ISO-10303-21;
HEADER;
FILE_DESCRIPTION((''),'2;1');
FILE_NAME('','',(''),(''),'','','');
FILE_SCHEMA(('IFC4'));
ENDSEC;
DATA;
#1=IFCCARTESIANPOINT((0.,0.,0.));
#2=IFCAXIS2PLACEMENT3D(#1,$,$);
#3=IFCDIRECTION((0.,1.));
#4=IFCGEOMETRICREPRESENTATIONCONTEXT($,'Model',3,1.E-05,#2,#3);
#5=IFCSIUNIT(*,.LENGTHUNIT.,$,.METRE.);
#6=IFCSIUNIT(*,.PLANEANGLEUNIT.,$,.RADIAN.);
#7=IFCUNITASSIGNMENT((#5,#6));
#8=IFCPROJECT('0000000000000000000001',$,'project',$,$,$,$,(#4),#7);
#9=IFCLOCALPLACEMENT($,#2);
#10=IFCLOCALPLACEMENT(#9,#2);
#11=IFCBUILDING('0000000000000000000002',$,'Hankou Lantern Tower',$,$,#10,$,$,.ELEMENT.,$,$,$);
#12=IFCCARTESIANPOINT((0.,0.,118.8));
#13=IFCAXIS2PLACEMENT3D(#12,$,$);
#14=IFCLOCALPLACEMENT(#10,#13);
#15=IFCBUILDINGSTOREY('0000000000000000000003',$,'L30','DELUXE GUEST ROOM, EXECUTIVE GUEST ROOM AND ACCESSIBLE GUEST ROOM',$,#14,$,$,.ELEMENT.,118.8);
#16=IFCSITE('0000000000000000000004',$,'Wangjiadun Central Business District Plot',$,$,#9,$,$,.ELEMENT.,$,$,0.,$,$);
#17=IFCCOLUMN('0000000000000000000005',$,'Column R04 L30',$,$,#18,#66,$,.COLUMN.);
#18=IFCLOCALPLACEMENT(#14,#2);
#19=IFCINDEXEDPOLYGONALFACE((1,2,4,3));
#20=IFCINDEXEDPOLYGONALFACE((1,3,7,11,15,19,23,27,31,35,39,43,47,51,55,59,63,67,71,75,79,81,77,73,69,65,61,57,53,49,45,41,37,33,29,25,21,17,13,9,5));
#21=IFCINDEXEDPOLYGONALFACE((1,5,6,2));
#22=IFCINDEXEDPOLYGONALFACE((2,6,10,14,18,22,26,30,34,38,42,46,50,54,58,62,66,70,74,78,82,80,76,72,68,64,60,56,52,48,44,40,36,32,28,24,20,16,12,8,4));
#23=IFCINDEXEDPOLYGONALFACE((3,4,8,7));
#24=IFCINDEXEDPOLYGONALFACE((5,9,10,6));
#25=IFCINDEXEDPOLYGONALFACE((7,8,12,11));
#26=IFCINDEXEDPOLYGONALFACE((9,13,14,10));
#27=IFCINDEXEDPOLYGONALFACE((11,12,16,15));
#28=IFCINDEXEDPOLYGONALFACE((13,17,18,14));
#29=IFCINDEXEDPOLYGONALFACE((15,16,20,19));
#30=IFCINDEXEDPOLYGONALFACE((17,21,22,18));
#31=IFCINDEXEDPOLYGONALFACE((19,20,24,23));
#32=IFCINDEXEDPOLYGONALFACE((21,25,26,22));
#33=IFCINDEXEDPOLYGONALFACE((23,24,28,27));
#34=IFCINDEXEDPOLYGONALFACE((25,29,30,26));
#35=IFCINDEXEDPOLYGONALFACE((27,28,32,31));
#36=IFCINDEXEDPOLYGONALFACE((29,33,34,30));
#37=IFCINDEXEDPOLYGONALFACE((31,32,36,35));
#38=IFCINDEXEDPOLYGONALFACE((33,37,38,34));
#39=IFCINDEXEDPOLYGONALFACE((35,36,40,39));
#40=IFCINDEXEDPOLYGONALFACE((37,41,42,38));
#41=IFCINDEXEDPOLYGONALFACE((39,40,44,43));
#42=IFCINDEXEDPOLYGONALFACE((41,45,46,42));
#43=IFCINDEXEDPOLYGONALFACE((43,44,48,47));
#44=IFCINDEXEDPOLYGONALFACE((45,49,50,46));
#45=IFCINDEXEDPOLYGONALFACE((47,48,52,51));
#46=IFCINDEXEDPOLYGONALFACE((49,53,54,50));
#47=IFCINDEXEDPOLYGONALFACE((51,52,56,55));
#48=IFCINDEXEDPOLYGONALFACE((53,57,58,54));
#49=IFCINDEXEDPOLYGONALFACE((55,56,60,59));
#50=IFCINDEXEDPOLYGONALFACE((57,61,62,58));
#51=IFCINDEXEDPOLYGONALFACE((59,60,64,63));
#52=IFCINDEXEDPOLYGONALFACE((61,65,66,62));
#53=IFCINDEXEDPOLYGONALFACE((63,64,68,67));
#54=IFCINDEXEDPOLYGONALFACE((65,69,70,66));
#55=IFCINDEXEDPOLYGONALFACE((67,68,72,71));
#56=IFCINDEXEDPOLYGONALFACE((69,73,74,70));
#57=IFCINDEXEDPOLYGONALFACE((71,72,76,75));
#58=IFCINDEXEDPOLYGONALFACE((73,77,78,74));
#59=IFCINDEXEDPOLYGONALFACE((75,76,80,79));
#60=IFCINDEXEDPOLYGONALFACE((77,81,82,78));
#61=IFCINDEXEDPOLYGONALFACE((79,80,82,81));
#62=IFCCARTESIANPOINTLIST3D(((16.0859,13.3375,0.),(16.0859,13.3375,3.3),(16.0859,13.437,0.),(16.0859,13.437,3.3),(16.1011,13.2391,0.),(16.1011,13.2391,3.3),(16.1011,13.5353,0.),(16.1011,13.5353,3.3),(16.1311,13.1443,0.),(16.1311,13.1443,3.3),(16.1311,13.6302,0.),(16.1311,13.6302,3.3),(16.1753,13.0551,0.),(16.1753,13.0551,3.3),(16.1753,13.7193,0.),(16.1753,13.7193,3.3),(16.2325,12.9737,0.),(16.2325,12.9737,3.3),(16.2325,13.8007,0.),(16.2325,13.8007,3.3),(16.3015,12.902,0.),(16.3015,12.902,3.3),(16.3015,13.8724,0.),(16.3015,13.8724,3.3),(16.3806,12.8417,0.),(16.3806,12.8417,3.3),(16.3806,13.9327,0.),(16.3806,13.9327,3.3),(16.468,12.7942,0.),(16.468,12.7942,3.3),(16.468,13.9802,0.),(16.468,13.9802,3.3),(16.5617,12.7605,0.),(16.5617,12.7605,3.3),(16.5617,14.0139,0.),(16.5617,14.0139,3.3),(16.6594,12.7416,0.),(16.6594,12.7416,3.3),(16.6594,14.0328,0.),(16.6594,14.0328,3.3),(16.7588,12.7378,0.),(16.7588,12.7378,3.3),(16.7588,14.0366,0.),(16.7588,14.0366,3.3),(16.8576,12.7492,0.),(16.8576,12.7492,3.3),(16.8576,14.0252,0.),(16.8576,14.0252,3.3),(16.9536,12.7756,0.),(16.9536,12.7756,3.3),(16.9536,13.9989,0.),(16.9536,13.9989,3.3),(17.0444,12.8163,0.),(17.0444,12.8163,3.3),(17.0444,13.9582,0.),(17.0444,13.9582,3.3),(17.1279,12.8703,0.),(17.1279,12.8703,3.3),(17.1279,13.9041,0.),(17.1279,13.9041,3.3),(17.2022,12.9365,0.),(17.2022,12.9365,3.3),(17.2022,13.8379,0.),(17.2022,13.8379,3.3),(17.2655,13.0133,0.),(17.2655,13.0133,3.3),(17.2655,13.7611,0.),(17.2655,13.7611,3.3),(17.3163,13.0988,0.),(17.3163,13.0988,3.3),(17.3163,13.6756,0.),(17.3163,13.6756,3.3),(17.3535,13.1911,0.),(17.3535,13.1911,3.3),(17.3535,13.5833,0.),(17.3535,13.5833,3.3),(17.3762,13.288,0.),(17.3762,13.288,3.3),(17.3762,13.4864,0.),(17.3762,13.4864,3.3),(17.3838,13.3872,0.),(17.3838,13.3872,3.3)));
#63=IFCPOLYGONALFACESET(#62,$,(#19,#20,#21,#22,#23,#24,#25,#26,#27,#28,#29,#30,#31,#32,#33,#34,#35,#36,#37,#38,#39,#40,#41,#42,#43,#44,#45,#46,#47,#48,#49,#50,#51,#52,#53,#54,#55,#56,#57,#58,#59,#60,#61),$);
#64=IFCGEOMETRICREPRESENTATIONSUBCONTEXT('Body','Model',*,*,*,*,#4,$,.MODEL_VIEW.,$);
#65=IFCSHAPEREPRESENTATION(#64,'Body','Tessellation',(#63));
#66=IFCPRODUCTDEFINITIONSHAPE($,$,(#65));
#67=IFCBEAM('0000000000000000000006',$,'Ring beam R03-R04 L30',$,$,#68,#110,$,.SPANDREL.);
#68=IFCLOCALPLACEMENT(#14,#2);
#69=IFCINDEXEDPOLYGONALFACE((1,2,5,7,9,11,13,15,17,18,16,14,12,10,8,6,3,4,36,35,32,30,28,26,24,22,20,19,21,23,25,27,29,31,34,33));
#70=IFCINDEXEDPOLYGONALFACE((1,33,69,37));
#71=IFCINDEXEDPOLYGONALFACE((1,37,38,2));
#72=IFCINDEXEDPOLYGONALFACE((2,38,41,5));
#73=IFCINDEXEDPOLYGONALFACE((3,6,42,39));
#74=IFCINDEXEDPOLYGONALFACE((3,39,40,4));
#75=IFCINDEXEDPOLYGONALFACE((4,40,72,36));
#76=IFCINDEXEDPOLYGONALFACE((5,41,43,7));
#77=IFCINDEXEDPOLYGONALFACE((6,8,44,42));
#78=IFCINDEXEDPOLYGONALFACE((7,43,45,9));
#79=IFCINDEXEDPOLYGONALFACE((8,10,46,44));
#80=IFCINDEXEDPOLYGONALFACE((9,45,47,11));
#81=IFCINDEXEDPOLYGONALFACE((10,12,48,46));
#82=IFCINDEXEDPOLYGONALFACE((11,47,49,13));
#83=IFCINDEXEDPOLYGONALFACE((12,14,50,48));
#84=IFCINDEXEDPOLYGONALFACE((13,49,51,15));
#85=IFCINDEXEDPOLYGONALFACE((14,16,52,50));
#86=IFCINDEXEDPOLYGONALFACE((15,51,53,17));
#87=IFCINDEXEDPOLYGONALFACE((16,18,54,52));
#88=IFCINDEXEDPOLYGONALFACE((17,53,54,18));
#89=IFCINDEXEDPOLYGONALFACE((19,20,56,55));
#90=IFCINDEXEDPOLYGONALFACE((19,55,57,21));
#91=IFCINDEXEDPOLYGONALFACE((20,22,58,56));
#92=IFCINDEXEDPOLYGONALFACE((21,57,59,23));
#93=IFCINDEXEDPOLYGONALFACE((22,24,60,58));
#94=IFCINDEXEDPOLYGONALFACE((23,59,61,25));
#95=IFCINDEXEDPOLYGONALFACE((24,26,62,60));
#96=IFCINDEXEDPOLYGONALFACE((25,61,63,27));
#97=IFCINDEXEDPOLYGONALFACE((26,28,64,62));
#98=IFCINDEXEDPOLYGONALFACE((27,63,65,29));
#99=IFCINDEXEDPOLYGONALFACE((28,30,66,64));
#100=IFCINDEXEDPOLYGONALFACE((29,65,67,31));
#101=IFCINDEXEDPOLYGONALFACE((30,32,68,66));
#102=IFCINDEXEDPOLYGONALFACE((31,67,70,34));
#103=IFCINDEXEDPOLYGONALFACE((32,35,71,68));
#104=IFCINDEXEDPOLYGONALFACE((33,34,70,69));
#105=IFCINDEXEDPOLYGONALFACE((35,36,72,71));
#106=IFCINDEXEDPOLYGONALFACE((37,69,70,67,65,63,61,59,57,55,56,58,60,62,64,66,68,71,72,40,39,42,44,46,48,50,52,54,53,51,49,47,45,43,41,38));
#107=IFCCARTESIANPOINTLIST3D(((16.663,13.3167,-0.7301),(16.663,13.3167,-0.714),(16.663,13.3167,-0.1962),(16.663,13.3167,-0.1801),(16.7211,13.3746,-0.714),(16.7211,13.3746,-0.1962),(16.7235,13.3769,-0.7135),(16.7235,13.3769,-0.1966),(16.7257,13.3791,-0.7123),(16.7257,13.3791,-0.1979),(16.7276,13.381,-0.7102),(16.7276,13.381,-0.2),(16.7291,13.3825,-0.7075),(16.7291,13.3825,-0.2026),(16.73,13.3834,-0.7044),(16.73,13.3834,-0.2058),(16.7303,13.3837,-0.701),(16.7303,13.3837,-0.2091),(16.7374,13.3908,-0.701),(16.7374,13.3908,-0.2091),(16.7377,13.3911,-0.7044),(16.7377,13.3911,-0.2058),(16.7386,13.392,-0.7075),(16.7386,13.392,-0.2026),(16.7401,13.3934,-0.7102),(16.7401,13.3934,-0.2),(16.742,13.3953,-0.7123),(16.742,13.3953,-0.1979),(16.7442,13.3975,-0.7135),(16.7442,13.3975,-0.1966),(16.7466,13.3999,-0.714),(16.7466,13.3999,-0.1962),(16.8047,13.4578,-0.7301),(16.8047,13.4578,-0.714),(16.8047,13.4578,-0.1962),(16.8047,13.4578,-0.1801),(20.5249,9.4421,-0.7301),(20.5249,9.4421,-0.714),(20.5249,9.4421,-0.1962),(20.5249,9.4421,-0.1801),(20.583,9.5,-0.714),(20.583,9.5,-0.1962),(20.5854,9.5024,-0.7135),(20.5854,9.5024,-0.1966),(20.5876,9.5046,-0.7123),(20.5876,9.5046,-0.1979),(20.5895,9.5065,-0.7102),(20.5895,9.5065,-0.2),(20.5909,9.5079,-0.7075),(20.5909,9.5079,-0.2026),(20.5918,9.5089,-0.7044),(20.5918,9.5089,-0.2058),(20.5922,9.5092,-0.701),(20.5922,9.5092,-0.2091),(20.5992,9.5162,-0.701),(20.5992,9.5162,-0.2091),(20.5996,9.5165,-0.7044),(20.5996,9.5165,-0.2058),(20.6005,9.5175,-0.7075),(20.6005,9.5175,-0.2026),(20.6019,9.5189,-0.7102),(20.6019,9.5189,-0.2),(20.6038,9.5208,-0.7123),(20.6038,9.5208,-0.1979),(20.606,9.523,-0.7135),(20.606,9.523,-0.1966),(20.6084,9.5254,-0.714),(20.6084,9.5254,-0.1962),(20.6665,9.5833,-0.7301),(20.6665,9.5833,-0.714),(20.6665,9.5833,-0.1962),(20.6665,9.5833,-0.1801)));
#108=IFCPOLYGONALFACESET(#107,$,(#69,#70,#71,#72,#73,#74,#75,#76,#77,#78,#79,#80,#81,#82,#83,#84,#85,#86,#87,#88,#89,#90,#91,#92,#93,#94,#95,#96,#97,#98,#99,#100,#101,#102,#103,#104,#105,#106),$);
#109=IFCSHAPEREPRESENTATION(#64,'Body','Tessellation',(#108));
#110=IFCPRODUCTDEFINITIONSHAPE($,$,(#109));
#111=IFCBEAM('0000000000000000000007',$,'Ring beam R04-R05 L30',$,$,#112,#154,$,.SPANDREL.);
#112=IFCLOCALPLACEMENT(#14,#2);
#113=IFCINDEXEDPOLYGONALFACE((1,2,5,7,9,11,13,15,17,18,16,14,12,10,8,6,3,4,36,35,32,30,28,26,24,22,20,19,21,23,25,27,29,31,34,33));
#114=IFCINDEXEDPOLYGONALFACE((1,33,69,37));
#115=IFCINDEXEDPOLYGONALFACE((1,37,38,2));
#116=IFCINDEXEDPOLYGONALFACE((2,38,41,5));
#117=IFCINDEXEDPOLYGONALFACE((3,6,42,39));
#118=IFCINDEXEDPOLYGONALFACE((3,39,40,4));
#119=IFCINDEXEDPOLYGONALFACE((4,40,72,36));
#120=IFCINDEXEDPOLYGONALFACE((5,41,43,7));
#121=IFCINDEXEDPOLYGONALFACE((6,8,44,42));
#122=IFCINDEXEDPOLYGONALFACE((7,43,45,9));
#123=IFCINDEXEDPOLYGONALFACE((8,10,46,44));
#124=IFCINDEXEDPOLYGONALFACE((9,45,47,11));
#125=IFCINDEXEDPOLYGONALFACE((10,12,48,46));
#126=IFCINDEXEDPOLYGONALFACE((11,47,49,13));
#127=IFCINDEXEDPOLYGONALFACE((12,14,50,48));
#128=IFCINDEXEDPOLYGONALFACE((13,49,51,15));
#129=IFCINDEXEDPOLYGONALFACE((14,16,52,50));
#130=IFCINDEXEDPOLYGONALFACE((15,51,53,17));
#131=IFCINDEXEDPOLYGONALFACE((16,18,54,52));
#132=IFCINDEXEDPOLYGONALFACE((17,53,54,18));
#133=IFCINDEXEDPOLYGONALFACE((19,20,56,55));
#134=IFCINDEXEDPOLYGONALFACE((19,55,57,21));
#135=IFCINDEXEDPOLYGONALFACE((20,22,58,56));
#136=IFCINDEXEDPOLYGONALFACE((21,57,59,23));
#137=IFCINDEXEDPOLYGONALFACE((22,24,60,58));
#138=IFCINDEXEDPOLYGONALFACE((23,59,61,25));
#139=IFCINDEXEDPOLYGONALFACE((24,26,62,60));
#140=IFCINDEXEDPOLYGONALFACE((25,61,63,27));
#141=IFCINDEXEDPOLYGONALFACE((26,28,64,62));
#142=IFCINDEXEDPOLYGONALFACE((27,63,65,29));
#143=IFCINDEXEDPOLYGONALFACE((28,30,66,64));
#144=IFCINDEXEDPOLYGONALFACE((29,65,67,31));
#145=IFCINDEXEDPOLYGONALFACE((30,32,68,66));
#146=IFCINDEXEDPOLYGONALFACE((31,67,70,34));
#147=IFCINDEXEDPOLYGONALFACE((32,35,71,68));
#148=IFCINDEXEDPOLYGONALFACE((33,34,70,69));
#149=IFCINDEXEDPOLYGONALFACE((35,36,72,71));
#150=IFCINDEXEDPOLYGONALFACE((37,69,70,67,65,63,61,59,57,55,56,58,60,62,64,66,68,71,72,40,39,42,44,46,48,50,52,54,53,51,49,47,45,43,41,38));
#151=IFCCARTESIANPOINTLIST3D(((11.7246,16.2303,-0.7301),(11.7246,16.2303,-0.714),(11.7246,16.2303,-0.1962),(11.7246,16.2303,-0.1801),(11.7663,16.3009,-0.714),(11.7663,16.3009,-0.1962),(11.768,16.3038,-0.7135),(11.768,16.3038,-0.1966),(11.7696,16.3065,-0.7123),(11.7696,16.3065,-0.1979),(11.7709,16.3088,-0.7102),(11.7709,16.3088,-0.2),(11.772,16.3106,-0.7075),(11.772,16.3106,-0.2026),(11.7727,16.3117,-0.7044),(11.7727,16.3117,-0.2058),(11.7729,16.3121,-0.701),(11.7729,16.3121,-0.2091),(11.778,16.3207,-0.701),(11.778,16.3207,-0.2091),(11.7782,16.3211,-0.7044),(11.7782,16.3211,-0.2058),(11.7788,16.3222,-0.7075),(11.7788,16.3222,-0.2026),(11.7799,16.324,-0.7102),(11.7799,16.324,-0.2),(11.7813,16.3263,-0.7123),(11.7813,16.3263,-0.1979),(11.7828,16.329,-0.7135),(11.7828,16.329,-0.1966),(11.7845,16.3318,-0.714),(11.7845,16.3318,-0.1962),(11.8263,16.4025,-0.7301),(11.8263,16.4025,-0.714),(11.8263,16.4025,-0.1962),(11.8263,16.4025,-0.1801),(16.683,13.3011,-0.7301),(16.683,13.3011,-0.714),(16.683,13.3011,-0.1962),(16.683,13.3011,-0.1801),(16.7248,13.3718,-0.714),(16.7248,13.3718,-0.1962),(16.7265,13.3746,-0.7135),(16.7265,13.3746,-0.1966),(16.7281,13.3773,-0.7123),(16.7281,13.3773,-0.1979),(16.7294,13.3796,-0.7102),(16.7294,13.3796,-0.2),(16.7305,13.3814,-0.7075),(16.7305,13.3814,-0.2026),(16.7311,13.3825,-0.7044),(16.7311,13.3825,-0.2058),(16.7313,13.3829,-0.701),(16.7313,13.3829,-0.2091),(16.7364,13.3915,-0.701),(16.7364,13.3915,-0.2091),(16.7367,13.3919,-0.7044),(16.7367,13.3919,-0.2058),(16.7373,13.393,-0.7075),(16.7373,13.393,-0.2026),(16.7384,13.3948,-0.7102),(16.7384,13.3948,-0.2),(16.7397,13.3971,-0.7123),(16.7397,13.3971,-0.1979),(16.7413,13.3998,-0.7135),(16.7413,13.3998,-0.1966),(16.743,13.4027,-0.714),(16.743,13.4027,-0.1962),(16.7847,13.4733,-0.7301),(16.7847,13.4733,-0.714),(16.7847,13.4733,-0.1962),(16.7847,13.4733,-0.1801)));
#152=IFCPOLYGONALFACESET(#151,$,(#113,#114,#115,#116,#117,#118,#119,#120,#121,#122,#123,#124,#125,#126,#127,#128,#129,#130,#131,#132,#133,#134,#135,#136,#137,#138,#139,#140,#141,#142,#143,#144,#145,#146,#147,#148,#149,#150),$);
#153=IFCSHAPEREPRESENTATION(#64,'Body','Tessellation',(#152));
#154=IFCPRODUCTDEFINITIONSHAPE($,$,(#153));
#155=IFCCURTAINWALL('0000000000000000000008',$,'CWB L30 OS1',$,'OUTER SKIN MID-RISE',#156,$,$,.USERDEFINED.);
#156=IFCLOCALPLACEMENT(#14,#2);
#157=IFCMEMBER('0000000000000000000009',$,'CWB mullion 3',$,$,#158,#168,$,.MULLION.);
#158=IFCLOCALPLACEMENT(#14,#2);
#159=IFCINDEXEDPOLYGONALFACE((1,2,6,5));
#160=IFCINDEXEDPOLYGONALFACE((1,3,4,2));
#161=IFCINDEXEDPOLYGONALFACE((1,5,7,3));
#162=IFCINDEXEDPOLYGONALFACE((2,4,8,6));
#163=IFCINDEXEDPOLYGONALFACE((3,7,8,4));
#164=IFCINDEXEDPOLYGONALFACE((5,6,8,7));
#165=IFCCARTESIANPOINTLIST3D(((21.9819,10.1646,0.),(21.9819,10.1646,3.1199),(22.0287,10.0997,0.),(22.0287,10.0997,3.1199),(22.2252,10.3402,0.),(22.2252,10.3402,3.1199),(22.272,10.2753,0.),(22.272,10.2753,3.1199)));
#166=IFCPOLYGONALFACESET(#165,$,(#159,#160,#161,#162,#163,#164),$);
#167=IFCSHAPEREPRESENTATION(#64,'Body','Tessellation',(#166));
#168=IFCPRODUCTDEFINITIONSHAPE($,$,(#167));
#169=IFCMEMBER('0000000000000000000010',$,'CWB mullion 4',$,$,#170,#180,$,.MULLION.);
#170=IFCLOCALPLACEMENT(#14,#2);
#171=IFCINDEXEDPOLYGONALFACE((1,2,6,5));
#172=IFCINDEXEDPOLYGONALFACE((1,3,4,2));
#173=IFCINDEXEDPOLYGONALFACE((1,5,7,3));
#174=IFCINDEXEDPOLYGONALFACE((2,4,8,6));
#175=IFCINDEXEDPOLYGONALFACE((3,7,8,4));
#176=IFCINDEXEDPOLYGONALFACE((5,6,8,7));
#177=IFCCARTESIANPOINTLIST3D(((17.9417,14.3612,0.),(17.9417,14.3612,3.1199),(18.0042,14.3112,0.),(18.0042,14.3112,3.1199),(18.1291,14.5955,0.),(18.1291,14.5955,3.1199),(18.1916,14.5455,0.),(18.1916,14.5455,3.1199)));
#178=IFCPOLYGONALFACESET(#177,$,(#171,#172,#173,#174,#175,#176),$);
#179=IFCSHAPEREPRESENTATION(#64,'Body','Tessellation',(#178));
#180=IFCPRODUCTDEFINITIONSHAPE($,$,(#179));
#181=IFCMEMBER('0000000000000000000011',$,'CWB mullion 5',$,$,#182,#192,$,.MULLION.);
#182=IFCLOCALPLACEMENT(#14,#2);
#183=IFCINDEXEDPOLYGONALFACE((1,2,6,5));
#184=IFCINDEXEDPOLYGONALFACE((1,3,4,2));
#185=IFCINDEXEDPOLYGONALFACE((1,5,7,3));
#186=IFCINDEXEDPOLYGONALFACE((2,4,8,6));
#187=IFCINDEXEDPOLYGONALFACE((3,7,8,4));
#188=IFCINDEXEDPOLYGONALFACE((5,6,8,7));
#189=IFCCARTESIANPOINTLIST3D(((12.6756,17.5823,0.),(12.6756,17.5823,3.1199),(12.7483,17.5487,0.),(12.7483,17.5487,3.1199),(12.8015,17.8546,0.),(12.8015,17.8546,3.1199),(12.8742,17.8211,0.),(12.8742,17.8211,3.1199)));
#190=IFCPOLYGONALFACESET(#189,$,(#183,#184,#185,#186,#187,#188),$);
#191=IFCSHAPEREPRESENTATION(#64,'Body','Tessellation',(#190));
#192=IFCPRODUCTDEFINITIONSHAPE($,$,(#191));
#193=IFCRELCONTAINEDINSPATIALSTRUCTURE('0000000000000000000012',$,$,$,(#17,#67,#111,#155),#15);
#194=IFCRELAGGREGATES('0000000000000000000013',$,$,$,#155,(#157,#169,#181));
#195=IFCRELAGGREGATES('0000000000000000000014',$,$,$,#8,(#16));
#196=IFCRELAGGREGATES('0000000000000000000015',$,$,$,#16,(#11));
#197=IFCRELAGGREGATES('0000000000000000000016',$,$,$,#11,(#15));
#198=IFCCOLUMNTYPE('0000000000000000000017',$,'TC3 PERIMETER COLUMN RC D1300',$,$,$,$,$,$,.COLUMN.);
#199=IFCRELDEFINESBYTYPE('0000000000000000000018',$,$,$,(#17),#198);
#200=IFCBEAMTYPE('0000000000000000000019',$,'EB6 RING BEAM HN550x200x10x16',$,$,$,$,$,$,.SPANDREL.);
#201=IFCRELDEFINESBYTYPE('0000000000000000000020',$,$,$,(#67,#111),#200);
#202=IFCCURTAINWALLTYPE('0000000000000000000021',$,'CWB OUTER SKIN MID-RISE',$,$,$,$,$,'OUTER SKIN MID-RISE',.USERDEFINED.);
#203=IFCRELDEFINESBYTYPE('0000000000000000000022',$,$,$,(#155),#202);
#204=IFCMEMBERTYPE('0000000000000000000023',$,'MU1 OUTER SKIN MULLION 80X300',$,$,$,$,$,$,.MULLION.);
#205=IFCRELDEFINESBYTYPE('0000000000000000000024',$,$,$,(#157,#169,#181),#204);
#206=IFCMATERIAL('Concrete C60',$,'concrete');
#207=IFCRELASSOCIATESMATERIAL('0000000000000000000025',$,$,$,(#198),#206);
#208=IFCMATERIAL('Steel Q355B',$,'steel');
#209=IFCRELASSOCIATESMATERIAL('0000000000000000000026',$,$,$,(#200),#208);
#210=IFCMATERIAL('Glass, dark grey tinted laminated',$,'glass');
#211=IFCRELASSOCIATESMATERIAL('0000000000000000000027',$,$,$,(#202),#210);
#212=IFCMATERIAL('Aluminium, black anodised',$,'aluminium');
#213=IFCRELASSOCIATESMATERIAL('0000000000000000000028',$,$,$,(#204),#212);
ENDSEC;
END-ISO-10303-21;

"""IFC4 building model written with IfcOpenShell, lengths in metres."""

from ifc_helpers import new_model, si_unit, direction, frame, origin, origin_2d, place, context, subcontext, project, spatial, rectangle, circle, i_section, extrude, material, material_profile, profile_set, type_object, element, aggregate, save


model = new_model("IFC4")

# Units and contexts
model_context = context("Model", 3, precision=1e-05, world=origin(), true_north=direction((0.0, 1.0)))
body_context = subcontext(model_context, "Body", "Model", "MODEL_VIEW")
ifc_project = project(units=[si_unit("LENGTHUNIT", "METRE"), si_unit("PLANEANGLEUNIT", "RADIAN")], contexts=[model_context])

# Site, building, storey
site_placement = place(None, origin())
site = spatial("IfcSite", under=ifc_project, at=site_placement, Name="Wangjiadun Central Business District Plot", CompositionType="ELEMENT", RefElevation=0.0)
building_placement = place(site_placement, origin())
building = spatial("IfcBuilding", under=site, at=building_placement, Name="Hankou Lantern Tower", CompositionType="ELEMENT")
storey_placement = place(building_placement, frame((0.0, 0.0, 118.8)))
storey = spatial("IfcBuildingStorey", under=building, at=storey_placement, Name="L30", Description="DELUXE GUEST ROOM, EXECUTIVE GUEST ROOM AND ACCESSIBLE GUEST ROOM", CompositionType="ELEMENT", Elevation=118.8)

# Column
ifc_material_1 = material(Name="Concrete C60", Category="concrete")
ifc_material_profile_1 = material_profile(ifc_material_1, circle(Radius=0.6499, at=origin_2d()), Name="RC D1300")
ifc_profile_set_1 = profile_set([ifc_material_profile_1], Name="Concrete C60")
column_type = type_object("IfcColumnType", Name="TC3 PERIMETER COLUMN RC D1300", PredefinedType="COLUMN", material=ifc_profile_set_1)
column_placement = place(storey_placement, frame((16.7339, 13.3872, 0.0), z_axis=(0.0, 0.0, 1.0), x_axis=(1.0, 0.0, 0.0)))
element("IfcColumn", 1, at=column_placement, inside=storey, type_object=column_type, Name="Column R04 L30", PredefinedType="COLUMN", context=body_context, shape_type="SweptSolid", body=[
    extrude(circle(Radius=0.6499, at=origin_2d()), origin(), (0.0, 0.0, 1.0), 3.3),
])

# Beams
ifc_material_2 = material(Name="Steel Q355B", Category="steel")
ifc_material_profile_2 = material_profile(ifc_material_2, i_section(OverallWidth=0.2, OverallDepth=0.55, WebThickness=0.01, FlangeThickness=0.0161, FilletRadius=0.0129, at=origin_2d()), Name="HN550x200x10x16")
ifc_profile_set_2 = profile_set([ifc_material_profile_2], Name="Steel Q355B")
beam_type = type_object("IfcBeamType", Name="EB6 RING BEAM HN550x200x10x16", PredefinedType="SPANDREL", material=ifc_profile_set_2)
beam_1_placement = place(storey_placement, frame((20.5957, 9.5127, -0.4551), z_axis=(-0.705945, 0.708266, 0.0), x_axis=(-0.708266, -0.705945, 0.0)))
element("IfcBeam", 2, at=beam_1_placement, inside=storey, type_object=beam_type, Name="Ring beam R03-R04 L30", PredefinedType="SPANDREL", context=body_context, shape_type="SweptSolid", body=[
    extrude(i_section(OverallWidth=0.2, OverallDepth=0.55, WebThickness=0.01, FlangeThickness=0.0161, FilletRadius=0.0129, at=origin_2d()), origin(), (0.0, 0.0, 1.0), 5.4705),
])
beam_2_placement = place(storey_placement, frame((16.7339, 13.3872, -0.4551), z_axis=(-0.860989, 0.508624, 0.0), x_axis=(-0.508624, -0.860989, 0.0)))
element("IfcBeam", 3, at=beam_2_placement, inside=storey, type_object=beam_type, Name="Ring beam R04-R05 L30", PredefinedType="SPANDREL", context=body_context, shape_type="SweptSolid", body=[
    extrude(i_section(OverallWidth=0.2, OverallDepth=0.55, WebThickness=0.01, FlangeThickness=0.0161, FilletRadius=0.0129, at=origin_2d()), origin(), (0.0, 0.0, 1.0), 5.759),
])

# Curtain wall, members
ifc_material_3 = material(Name="Glass, dark grey tinted laminated", Category="glass")
curtain_wall_type = type_object("IfcCurtainWallType", Name="CWB OUTER SKIN MID-RISE", ElementType="OUTER SKIN MID-RISE", PredefinedType="USERDEFINED", material=ifc_material_3)
curtain_wall_placement = place(storey_placement, origin())
curtain_wall = element("IfcCurtainWall", 4, at=curtain_wall_placement, inside=storey, type_object=curtain_wall_type, Name="CWB L30 OS1", ObjectType="OUTER SKIN MID-RISE", PredefinedType="USERDEFINED")
ifc_material_4 = material(Name="Aluminium, black anodised", Category="aluminium")
ifc_material_profile_3 = material_profile(ifc_material_4, rectangle(XDim=0.0801, YDim=0.3, at=origin_2d()), Name="MU1 80X300")
ifc_profile_set_3 = profile_set([ifc_material_profile_3], Name="Aluminium, black anodised")
member_type_1 = type_object("IfcMemberType", Name="MU1 OUTER SKIN MULLION 80X300", PredefinedType="MULLION", material=ifc_profile_set_3)
member_1_placement = place(storey_placement, frame((22.127, 10.22, 0.0), z_axis=(0.0, 0.0, 1.0), x_axis=(-0.585206, 0.810885, 0.0)))
member_1 = element("IfcMember", 5, at=member_1_placement, type_object=member_type_1, Name="CWB mullion 3", PredefinedType="MULLION", context=body_context, shape_type="SweptSolid", body=[
    extrude(rectangle(XDim=0.0801, YDim=0.3, at=origin_2d()), origin(), (0.0, 0.0, 1.0), 3.1199),
])
member_2_placement = place(storey_placement, frame((18.0667, 14.4534, 0.0), z_axis=(0.0, 0.0, 1.0), x_axis=(-0.780869, 0.624695, 0.0)))
member_2 = element("IfcMember", 6, at=member_2_placement, type_object=member_type_1, Name="CWB mullion 4", PredefinedType="MULLION", context=body_context, shape_type="SweptSolid", body=[
    extrude(rectangle(XDim=0.0801, YDim=0.3, at=origin_2d()), origin(), (0.0, 0.0, 1.0), 3.1199),
])
member_3_placement = place(storey_placement, frame((12.7749, 17.7017, 0.0), z_axis=(0.0, 0.0, 1.0), x_axis=(-0.907841, 0.419314, 0.0)))
member_3 = element("IfcMember", 7, at=member_3_placement, type_object=member_type_1, Name="CWB mullion 5", PredefinedType="MULLION", context=body_context, shape_type="SweptSolid", body=[
    extrude(rectangle(XDim=0.0801, YDim=0.3, at=origin_2d()), origin(), (0.0, 0.0, 1.0), 3.1199),
])
aggregate(curtain_wall, [member_1, member_2, member_3])

save(model, "model.ifc")
